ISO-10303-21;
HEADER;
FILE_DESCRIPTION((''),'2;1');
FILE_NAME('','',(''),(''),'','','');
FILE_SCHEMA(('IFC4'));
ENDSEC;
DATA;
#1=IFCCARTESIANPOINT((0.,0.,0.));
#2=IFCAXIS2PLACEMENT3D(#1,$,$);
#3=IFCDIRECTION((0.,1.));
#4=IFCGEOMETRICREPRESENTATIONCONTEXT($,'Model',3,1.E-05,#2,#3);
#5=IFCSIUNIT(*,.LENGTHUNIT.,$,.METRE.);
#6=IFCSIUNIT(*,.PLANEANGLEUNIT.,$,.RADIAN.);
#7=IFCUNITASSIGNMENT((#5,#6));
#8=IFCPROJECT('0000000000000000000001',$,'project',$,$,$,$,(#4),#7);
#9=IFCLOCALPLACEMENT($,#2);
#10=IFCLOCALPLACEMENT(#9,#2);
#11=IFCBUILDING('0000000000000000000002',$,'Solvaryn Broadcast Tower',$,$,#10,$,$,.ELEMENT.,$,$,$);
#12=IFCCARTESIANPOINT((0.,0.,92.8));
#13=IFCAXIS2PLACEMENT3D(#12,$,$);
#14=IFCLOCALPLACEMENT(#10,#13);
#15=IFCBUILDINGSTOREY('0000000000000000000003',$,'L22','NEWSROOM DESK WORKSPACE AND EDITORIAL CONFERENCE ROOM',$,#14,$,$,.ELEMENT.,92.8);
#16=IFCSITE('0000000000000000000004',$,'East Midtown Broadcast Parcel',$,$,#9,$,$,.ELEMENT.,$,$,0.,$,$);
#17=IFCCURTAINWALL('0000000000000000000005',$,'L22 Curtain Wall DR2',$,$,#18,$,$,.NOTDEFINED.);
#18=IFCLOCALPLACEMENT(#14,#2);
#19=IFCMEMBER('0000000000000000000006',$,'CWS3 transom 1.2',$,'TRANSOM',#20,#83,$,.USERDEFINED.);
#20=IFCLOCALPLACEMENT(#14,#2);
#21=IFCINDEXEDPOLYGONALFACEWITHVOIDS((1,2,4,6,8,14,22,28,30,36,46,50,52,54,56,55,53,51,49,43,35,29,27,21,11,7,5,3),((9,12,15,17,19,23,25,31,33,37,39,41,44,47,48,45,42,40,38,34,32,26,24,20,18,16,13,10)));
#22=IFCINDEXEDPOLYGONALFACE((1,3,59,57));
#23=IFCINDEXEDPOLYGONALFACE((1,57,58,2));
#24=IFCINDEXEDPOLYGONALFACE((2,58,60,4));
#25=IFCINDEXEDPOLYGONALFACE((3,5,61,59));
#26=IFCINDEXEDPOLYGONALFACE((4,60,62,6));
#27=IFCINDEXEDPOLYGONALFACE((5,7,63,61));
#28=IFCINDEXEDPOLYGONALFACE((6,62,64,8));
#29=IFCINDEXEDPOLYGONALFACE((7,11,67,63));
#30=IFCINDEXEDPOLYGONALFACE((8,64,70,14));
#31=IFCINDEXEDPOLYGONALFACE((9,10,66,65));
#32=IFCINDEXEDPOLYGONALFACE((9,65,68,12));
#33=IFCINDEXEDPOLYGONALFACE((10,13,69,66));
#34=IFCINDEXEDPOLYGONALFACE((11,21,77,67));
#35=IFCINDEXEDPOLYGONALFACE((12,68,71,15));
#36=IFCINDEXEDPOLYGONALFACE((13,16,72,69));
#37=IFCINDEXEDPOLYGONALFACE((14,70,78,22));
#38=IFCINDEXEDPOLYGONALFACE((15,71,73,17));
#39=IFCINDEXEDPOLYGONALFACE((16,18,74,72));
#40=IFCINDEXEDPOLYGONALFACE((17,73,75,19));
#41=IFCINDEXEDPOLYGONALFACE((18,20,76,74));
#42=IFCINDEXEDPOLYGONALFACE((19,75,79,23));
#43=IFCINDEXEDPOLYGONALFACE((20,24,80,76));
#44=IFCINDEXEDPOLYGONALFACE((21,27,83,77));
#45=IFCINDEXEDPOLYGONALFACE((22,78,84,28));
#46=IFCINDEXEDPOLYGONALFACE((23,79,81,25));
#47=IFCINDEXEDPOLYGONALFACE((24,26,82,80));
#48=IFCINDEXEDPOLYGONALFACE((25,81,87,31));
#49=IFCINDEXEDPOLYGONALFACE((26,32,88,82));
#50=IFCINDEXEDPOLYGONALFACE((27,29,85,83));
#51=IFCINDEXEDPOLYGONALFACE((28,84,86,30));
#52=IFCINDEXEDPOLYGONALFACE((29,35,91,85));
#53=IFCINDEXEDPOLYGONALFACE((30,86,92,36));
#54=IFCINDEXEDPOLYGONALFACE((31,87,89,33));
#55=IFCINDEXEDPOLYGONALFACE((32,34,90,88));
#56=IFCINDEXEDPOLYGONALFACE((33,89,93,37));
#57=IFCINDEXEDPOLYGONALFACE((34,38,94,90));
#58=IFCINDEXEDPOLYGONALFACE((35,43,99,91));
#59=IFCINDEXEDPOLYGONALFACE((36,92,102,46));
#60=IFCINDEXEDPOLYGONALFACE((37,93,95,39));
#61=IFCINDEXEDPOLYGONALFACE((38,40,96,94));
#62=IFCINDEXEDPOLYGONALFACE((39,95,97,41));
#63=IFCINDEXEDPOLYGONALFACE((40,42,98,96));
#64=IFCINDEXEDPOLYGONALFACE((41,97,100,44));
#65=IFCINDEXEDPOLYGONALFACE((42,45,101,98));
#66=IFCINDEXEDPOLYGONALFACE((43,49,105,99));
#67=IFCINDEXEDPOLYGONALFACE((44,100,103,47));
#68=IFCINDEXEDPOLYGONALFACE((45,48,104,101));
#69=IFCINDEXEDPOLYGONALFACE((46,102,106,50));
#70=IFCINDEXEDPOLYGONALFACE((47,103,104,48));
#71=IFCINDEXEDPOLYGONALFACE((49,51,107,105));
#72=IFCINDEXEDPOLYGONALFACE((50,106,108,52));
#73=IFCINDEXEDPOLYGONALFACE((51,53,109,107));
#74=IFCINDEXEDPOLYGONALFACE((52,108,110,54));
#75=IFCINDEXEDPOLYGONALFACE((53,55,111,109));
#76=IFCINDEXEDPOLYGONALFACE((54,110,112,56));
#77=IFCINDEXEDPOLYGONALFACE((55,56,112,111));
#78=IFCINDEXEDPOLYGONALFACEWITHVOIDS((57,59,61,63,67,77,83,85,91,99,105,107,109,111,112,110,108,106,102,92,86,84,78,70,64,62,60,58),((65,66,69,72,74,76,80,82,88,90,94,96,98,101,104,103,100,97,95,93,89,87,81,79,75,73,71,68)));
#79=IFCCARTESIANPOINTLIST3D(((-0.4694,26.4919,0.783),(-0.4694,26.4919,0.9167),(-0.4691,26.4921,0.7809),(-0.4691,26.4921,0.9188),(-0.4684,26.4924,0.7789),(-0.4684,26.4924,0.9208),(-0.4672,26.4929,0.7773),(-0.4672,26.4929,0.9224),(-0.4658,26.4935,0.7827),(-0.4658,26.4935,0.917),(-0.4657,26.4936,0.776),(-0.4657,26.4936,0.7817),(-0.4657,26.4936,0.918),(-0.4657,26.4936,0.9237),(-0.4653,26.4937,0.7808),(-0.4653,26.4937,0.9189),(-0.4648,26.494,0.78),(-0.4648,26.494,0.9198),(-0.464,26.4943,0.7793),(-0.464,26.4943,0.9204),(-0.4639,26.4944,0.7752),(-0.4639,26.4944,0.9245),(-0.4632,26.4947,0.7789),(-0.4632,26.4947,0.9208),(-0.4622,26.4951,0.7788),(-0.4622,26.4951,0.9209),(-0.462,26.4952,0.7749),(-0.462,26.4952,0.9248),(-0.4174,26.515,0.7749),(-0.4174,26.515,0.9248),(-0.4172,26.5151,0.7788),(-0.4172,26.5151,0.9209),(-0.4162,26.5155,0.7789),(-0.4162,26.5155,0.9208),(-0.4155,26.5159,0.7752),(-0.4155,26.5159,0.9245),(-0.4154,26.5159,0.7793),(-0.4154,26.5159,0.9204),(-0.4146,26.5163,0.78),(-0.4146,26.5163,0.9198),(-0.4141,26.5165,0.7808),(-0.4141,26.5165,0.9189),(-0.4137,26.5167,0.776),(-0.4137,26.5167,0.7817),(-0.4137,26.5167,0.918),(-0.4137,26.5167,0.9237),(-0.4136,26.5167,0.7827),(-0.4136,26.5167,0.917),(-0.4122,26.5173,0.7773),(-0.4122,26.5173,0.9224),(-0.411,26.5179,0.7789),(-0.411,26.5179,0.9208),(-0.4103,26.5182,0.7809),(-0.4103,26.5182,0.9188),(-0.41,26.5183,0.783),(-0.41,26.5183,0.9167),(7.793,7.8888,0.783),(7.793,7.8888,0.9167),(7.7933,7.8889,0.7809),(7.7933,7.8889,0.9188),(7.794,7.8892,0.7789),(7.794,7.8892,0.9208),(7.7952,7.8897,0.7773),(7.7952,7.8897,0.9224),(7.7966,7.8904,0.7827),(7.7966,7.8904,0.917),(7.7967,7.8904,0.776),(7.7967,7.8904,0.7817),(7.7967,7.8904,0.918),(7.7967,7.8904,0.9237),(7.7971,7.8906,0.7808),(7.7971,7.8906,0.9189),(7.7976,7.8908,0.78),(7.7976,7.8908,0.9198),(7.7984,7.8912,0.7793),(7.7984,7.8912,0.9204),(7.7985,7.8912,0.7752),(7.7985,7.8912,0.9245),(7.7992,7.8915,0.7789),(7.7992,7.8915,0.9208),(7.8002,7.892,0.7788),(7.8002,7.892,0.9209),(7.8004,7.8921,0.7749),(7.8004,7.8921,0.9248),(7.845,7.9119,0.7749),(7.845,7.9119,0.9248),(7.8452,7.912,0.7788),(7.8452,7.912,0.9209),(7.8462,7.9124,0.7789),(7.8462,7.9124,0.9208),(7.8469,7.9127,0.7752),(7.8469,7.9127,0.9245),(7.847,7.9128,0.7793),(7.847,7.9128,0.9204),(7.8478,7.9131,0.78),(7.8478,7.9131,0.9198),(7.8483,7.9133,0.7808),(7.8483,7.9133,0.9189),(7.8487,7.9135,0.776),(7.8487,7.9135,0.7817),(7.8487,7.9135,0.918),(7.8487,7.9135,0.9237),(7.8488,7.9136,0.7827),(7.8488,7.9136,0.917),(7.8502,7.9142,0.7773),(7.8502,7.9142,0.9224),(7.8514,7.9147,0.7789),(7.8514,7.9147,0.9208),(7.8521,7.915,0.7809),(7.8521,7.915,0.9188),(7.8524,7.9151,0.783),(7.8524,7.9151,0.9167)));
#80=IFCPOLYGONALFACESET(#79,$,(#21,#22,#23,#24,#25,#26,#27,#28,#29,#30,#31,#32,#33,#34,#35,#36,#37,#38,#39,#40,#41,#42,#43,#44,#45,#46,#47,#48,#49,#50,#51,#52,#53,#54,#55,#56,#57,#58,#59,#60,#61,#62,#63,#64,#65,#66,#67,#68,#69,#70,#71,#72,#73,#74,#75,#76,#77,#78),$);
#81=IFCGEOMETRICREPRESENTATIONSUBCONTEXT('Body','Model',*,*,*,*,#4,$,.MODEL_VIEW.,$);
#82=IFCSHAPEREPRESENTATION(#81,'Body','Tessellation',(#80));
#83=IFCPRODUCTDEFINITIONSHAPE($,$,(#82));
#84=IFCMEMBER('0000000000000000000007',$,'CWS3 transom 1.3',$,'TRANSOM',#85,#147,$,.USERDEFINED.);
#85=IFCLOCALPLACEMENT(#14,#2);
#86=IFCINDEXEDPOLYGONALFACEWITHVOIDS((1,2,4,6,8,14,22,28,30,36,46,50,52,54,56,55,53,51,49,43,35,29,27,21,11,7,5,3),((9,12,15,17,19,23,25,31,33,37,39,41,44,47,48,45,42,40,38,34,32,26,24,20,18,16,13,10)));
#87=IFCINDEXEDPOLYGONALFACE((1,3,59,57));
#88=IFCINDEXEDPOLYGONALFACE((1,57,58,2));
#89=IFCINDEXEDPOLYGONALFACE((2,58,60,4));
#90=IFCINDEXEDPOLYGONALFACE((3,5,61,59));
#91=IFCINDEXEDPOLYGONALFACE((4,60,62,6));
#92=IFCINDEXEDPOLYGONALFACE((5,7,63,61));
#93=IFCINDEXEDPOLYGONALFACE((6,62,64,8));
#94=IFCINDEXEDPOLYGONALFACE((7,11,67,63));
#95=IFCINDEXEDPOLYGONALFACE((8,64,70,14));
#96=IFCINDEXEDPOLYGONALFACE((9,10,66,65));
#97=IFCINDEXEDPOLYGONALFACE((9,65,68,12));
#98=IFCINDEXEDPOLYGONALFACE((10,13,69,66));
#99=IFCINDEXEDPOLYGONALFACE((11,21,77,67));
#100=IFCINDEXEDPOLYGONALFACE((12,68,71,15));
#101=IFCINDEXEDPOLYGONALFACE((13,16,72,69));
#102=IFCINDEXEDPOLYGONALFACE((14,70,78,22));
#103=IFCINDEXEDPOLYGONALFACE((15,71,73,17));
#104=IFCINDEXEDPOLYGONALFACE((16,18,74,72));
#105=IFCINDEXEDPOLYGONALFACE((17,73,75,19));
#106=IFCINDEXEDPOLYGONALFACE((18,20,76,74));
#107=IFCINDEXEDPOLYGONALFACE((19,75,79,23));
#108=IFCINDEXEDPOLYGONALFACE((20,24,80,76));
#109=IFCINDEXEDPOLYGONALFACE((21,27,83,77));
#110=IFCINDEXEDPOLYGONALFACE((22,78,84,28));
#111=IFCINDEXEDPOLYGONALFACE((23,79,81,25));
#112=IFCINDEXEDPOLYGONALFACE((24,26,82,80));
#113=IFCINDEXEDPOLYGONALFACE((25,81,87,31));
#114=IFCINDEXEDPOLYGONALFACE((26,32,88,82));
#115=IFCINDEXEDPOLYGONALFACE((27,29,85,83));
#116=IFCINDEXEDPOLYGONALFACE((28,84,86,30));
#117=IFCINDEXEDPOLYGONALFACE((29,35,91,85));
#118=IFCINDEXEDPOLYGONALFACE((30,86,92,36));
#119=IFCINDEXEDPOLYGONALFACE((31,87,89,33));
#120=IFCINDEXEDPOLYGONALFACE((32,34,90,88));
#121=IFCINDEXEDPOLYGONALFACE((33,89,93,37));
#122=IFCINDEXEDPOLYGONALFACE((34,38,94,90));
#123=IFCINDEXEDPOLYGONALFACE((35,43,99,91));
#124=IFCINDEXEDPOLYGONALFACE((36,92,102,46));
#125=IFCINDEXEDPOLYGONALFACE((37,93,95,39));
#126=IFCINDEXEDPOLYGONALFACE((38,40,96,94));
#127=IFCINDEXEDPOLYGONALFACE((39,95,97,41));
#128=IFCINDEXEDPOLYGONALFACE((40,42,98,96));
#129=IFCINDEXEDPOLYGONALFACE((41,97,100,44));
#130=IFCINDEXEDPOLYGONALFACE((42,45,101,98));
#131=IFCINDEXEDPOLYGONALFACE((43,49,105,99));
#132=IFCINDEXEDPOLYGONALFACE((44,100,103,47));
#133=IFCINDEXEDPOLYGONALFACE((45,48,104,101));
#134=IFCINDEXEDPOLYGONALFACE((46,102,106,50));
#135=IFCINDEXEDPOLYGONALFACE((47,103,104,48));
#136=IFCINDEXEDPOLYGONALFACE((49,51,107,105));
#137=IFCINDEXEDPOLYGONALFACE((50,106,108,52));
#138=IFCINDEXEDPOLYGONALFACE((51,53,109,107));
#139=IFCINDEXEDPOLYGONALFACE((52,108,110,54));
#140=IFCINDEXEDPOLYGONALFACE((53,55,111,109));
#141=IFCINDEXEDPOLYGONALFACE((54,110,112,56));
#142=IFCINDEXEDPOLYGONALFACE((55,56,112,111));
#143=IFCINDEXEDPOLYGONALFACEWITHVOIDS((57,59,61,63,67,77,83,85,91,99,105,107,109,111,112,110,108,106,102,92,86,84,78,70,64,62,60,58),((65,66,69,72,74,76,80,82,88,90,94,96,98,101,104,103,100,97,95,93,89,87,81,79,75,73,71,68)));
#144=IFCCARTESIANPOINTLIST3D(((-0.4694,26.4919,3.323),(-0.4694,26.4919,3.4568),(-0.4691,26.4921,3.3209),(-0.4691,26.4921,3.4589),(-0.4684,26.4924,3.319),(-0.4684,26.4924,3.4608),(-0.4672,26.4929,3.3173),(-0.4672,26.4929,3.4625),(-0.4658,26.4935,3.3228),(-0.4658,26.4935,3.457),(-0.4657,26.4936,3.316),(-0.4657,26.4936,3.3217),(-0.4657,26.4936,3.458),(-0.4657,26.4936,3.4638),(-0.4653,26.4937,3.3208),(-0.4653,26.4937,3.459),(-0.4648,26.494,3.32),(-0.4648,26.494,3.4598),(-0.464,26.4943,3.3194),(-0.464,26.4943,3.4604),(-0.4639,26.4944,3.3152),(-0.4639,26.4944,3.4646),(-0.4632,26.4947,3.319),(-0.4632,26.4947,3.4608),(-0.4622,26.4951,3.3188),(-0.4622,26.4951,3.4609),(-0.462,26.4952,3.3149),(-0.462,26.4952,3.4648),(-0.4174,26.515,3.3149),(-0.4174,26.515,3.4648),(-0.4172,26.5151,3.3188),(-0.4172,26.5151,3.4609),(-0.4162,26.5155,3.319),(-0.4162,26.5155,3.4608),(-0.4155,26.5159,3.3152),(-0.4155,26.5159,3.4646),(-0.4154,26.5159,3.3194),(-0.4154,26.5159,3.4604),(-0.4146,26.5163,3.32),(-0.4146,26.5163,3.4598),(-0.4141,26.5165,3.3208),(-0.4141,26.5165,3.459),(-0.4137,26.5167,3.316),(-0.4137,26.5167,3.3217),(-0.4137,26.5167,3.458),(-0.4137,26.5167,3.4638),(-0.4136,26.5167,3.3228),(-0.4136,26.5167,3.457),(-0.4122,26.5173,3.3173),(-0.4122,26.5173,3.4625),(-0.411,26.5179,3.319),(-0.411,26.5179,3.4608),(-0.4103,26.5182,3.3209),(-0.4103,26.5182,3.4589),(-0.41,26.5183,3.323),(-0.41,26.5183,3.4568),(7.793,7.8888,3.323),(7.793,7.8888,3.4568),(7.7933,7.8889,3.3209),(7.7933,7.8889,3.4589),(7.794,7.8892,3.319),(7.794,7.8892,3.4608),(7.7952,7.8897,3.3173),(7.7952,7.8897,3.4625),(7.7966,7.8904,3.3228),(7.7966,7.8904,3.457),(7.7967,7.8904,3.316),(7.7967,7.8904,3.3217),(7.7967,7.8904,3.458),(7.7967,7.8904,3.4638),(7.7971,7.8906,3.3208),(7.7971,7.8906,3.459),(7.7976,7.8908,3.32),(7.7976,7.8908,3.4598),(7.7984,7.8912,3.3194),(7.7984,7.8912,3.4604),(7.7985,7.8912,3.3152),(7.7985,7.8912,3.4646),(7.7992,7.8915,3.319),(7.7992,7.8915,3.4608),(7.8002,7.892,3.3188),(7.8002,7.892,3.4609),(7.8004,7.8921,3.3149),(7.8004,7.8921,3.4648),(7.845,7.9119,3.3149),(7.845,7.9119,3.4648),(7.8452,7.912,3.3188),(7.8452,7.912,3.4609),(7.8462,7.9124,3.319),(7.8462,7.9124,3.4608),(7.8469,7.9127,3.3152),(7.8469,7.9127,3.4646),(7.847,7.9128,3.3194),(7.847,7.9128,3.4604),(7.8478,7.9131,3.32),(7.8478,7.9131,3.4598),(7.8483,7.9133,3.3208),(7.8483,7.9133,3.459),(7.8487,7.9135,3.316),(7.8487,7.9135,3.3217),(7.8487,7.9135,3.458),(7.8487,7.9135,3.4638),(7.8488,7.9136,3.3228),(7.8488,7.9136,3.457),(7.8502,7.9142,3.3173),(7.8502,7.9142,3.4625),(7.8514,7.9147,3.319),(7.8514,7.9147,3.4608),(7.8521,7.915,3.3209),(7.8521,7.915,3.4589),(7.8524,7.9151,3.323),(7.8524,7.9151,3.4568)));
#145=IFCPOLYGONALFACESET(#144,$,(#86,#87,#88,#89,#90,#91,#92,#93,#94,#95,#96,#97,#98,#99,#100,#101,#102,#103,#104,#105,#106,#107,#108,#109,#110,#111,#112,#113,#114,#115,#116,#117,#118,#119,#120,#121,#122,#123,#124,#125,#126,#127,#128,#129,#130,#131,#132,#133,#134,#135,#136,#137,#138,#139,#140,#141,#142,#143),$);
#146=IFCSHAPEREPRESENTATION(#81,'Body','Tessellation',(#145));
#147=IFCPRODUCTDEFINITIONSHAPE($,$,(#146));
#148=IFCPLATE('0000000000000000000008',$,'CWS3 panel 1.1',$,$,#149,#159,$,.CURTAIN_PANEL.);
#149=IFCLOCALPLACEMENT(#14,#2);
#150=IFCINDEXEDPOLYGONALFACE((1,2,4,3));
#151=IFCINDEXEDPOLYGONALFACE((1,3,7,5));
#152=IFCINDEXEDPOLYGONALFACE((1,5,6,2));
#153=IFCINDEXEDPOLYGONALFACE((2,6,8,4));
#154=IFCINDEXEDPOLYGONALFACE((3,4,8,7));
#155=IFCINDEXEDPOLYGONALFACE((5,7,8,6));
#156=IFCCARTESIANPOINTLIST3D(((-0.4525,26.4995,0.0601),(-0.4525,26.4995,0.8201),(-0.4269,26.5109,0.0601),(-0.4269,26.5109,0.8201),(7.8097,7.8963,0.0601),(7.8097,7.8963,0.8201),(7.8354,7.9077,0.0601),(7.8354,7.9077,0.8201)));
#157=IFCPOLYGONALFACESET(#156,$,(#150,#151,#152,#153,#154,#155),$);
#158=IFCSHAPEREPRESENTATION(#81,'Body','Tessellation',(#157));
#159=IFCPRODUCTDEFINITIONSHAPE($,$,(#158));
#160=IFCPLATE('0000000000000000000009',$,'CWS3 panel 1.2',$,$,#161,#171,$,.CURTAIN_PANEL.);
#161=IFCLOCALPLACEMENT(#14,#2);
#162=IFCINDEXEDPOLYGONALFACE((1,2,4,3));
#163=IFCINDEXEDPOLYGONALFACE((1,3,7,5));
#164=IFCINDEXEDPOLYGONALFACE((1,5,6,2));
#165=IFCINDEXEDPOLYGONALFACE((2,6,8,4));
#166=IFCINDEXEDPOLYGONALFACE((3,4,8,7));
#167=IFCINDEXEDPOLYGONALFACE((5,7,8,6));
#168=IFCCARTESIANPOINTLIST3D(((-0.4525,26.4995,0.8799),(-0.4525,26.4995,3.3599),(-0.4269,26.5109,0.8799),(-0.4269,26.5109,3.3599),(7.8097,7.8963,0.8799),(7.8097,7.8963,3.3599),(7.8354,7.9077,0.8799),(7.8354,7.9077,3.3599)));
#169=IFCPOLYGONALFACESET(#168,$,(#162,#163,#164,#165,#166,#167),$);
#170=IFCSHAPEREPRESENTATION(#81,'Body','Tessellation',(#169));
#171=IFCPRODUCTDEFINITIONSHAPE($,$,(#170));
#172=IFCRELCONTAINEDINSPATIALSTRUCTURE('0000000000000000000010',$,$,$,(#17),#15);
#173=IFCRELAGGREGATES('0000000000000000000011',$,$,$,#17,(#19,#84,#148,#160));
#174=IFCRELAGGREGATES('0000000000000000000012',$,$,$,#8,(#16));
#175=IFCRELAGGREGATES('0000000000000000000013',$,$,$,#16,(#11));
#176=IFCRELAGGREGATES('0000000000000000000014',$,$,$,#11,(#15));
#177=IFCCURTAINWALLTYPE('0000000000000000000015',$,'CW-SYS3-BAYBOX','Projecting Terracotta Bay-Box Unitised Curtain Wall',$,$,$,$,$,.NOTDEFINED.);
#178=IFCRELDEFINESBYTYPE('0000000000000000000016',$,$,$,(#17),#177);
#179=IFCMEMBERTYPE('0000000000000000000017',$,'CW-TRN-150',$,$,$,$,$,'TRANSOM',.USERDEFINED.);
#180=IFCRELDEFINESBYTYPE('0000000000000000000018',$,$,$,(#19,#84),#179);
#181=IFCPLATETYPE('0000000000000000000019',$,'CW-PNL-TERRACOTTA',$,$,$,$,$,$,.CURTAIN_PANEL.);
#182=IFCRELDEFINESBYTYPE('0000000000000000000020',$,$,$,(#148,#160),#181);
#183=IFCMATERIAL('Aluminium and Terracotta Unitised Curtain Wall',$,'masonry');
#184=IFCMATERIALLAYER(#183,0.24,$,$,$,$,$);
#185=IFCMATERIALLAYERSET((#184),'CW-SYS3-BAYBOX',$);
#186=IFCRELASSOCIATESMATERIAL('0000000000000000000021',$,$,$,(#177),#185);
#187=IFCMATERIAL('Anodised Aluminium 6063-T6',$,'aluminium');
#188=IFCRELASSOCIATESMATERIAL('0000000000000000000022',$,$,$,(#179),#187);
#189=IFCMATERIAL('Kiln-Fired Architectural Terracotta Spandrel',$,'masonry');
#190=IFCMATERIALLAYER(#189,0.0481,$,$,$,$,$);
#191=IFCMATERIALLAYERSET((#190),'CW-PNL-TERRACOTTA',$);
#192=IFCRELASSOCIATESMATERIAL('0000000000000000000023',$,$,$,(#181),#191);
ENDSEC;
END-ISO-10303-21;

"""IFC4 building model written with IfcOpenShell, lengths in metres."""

from ifc_helpers import new_model, si_unit, direction, frame, origin, origin_2d, place, context, subcontext, project, spatial, rectangle, hollow_rectangle, extrude, material, layer, layer_set, material_profile, profile_set, type_object, element, aggregate, save


model = new_model("IFC4")

# Units and contexts
model_context = context("Model", 3, precision=1e-05, world=origin(), true_north=direction((0.0, 1.0)))
body_context = subcontext(model_context, "Body", "Model", "MODEL_VIEW")
ifc_project = project(units=[si_unit("LENGTHUNIT", "METRE"), si_unit("PLANEANGLEUNIT", "RADIAN")], contexts=[model_context])

# Site, building, storey
site_placement = place(None, origin())
site = spatial("IfcSite", under=ifc_project, at=site_placement, Name="East Midtown Broadcast Parcel", CompositionType="ELEMENT", RefElevation=0.0)
building_placement = place(site_placement, origin())
building = spatial("IfcBuilding", under=site, at=building_placement, Name="Solvaryn Broadcast Tower", CompositionType="ELEMENT")
storey_placement = place(building_placement, frame((0.0, 0.0, 92.8)))
storey = spatial("IfcBuildingStorey", under=building, at=storey_placement, Name="L22", Description="NEWSROOM DESK WORKSPACE AND EDITORIAL CONFERENCE ROOM", CompositionType="ELEMENT", Elevation=92.8)

# Curtain wall, members, plates
ifc_material_1 = material(Name="Aluminium and Terracotta Unitised Curtain Wall", Category="masonry")
ifc_layer_1 = layer(ifc_material_1, 0.24)
ifc_layer_set_1 = layer_set([ifc_layer_1], Name="CW-SYS3-BAYBOX")
curtain_wall_type_1 = type_object("IfcCurtainWallType", Name="CW-SYS3-BAYBOX", Description="Projecting Terracotta Bay-Box Unitised Curtain Wall", PredefinedType="NOTDEFINED", material=ifc_layer_set_1)
curtain_wall_1_placement = place(storey_placement, origin())
curtain_wall_1 = element("IfcCurtainWall", 1, at=curtain_wall_1_placement, inside=storey, type_object=curtain_wall_type_1, Name="L22 Curtain Wall DR2", PredefinedType="NOTDEFINED")
ifc_material_2 = material(Name="Anodised Aluminium 6063-T6", Category="aluminium")
ifc_material_profile_1 = material_profile(ifc_material_2, hollow_rectangle(XDim=0.0649, YDim=0.1499, WallThickness=0.0039, InnerFilletRadius=0.0039, OuterFilletRadius=0.0081, at=origin_2d()))
ifc_profile_set_1 = profile_set([ifc_material_profile_1], Name="Anodised Aluminium 6063-T6")
member_type_1 = type_object("IfcMemberType", Name="CW-TRN-150", ElementType="TRANSOM", PredefinedType="USERDEFINED", material=ifc_profile_set_1)
member_1_placement = place(storey_placement, frame((-0.4397, 26.5051, 0.8499), z_axis=(0.405906, -0.913915, 0.0), x_axis=(0.913915, 0.405906, 0.0)))
member_1 = element("IfcMember", 2, at=member_1_placement, type_object=member_type_1, Name="CWS3 transom 1.2", ObjectType="TRANSOM", PredefinedType="USERDEFINED", context=body_context, shape_type="SweptSolid", body=[
    extrude(hollow_rectangle(XDim=0.0649, YDim=0.1499, WallThickness=0.0039, InnerFilletRadius=0.0039, OuterFilletRadius=0.0081, at=origin_2d()), origin(), (0.0, 0.0, 1.0), 20.3555),
])
member_2_placement = place(storey_placement, frame((-0.4397, 26.5051, 3.3899), z_axis=(0.405906, -0.913915, 0.0), x_axis=(0.913915, 0.405906, 0.0)))
member_2 = element("IfcMember", 3, at=member_2_placement, type_object=member_type_1, Name="CWS3 transom 1.3", ObjectType="TRANSOM", PredefinedType="USERDEFINED", context=body_context, shape_type="SweptSolid", body=[
    extrude(hollow_rectangle(XDim=0.0649, YDim=0.1499, WallThickness=0.0039, InnerFilletRadius=0.0039, OuterFilletRadius=0.0081, at=origin_2d()), origin(), (0.0, 0.0, 1.0), 20.3555),
])
ifc_material_3 = material(Name="Kiln-Fired Architectural Terracotta Spandrel", Category="masonry")
ifc_layer_2 = layer(ifc_material_3, 0.0481)
ifc_layer_set_2 = layer_set([ifc_layer_2], Name="CW-PNL-TERRACOTTA")
plate_type = type_object("IfcPlateType", Name="CW-PNL-TERRACOTTA", PredefinedType="CURTAIN_PANEL", material=ifc_layer_set_2)
plate_1_placement = place(storey_placement, frame((3.6914, 17.2036, 0.0601), z_axis=(0.0, 0.0, 1.0), x_axis=(0.405898, -0.913918, 0.0)))
plate_1 = element("IfcPlate", 4, at=plate_1_placement, type_object=plate_type, Name="CWS3 panel 1.1", PredefinedType="CURTAIN_PANEL", context=body_context, shape_type="SweptSolid", body=[
    extrude(rectangle(XDim=20.3555, YDim=0.0281, at=origin_2d()), origin(), (0.0, 0.0, 1.0), 0.76),
])
plate_2_placement = place(storey_placement, frame((3.6914, 17.2036, 0.8799), z_axis=(0.0, 0.0, 1.0), x_axis=(0.405898, -0.913918, 0.0)))
plate_2 = element("IfcPlate", 5, at=plate_2_placement, type_object=plate_type, Name="CWS3 panel 1.2", PredefinedType="CURTAIN_PANEL", context=body_context, shape_type="SweptSolid", body=[
    extrude(rectangle(XDim=20.3555, YDim=0.0281, at=origin_2d()), origin(), (0.0, 0.0, 1.0), 2.48),
])
aggregate(curtain_wall_1, [member_1, member_2, plate_1, plate_2])

save(model, "model.ifc")
